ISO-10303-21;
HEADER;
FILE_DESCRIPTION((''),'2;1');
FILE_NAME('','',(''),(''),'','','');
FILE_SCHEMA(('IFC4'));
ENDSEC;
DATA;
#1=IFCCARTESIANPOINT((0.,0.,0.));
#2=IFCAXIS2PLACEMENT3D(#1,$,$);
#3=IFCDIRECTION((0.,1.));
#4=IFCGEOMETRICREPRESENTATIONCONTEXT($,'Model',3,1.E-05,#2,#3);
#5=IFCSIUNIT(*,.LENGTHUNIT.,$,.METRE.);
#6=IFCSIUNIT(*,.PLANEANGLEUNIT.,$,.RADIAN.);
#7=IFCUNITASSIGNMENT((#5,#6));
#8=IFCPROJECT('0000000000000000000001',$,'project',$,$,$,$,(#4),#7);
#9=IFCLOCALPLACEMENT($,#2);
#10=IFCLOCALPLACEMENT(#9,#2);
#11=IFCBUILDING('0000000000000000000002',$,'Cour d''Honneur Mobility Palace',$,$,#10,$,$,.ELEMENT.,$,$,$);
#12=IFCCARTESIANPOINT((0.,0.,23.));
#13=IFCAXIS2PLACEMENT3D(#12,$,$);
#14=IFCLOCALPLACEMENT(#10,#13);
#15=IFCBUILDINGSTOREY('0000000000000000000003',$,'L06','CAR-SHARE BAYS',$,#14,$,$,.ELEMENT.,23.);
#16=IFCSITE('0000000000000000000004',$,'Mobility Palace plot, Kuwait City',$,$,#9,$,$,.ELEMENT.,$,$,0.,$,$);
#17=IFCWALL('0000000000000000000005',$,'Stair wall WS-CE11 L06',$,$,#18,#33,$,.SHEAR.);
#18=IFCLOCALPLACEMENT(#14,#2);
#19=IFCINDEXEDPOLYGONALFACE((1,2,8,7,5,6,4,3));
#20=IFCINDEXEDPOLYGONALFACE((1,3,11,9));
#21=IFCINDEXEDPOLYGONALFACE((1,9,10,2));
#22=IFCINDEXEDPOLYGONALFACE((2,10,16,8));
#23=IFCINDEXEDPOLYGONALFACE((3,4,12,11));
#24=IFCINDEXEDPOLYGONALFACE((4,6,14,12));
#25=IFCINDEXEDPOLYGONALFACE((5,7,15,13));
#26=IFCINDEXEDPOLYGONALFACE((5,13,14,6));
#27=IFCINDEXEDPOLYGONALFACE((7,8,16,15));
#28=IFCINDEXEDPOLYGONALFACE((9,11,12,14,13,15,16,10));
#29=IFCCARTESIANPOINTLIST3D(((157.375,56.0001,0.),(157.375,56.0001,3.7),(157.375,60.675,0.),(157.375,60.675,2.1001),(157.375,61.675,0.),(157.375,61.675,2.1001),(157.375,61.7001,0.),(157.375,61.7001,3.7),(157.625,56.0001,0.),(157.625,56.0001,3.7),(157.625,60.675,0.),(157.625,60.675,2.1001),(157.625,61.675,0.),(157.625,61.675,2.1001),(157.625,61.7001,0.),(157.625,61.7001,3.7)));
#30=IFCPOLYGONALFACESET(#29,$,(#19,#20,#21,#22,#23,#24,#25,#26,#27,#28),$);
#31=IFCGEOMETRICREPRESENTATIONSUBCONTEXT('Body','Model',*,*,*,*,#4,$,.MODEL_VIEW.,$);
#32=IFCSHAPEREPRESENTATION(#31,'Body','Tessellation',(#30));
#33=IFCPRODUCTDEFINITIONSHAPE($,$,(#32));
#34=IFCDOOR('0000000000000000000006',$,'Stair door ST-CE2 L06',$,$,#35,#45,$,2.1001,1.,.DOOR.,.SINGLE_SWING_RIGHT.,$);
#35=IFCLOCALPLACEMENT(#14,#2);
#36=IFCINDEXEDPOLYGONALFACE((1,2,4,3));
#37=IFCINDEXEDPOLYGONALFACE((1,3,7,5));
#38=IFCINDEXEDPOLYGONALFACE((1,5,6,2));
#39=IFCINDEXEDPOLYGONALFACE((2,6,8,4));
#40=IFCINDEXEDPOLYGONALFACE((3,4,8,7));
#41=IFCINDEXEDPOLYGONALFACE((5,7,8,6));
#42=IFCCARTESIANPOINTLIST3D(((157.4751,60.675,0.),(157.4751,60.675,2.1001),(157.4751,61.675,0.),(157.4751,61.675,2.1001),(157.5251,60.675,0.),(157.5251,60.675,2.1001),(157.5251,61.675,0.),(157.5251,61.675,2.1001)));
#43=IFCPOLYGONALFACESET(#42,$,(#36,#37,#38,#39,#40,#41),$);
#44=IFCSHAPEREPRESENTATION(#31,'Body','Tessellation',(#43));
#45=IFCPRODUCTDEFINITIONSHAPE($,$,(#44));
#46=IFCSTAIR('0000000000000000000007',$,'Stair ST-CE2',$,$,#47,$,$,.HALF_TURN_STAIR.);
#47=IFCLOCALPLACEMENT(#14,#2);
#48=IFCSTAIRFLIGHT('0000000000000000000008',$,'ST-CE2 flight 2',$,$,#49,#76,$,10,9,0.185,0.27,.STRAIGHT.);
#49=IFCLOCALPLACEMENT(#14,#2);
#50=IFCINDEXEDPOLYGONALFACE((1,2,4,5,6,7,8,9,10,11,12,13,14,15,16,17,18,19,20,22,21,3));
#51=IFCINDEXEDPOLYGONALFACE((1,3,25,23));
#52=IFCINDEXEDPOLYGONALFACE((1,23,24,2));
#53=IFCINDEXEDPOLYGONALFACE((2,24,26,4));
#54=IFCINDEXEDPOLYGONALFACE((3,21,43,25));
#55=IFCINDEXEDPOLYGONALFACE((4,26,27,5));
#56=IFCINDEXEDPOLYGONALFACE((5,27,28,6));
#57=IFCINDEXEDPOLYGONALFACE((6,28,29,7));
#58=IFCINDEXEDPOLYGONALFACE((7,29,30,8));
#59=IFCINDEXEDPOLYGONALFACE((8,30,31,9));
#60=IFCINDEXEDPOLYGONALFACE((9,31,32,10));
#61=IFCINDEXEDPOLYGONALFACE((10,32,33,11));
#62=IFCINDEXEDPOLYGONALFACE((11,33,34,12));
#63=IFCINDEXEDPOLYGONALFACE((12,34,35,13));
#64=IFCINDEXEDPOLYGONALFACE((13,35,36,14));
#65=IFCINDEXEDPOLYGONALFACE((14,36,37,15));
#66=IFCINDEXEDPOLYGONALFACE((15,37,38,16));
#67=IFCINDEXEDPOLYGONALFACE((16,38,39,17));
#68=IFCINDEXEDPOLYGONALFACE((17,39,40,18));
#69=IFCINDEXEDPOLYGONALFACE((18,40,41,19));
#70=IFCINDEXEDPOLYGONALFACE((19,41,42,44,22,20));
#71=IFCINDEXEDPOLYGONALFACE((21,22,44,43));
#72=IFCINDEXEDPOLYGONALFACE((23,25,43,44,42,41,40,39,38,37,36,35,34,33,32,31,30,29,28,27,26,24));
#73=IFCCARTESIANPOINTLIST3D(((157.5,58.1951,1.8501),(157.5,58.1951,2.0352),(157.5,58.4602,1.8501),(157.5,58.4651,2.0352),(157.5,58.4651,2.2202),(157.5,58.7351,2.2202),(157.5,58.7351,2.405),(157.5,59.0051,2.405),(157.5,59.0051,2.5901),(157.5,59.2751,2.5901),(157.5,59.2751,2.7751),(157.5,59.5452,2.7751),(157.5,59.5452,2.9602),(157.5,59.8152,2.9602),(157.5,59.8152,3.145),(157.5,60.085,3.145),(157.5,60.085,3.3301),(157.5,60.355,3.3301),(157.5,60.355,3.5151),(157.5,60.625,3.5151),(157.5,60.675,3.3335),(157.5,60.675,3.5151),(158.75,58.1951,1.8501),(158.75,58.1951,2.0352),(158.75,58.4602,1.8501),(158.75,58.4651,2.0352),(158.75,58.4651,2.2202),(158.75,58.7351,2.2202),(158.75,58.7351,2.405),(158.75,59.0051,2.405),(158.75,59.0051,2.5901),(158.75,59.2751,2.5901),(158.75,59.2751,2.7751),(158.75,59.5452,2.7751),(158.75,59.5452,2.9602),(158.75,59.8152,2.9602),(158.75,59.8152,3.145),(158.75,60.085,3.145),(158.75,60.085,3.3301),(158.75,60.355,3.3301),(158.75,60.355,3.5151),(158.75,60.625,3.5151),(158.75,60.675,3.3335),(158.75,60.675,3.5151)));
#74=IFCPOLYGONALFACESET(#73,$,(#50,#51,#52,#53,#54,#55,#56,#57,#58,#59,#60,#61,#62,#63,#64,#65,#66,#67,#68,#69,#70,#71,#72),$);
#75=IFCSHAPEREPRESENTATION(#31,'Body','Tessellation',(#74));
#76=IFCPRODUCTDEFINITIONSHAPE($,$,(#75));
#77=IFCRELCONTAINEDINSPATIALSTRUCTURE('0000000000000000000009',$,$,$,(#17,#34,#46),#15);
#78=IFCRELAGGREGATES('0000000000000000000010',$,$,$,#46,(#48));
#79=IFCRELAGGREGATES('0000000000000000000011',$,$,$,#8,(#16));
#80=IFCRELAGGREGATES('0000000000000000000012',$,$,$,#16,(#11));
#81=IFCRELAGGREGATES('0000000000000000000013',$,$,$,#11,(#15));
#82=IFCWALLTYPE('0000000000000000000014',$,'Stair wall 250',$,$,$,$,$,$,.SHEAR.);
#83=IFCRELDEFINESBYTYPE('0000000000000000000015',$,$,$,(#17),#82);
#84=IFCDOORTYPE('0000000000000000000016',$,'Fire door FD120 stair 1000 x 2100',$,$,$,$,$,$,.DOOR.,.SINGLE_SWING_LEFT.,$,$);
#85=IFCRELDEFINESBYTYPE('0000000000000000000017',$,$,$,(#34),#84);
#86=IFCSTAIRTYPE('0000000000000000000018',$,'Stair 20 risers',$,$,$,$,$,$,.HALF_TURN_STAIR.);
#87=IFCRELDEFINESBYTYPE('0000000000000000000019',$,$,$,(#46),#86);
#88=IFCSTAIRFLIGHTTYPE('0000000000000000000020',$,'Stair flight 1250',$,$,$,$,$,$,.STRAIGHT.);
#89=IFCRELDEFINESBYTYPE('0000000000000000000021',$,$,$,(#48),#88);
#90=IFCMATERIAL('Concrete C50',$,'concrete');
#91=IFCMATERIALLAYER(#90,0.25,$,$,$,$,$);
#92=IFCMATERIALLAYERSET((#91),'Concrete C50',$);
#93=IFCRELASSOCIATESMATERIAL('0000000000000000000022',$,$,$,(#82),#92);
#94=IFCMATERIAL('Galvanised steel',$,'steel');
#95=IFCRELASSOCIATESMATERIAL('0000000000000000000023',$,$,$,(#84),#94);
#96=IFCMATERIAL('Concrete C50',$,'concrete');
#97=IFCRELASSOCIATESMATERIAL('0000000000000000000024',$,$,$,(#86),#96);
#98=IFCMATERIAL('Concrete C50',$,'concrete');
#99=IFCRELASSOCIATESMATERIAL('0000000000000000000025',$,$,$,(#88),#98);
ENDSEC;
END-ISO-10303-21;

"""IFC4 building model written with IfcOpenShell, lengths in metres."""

from ifc_helpers import new_model, si_unit, direction, frame, frame_2d, origin, place, context, subcontext, project, spatial, polyline, rectangle, outline, extrude, material, layer, layer_set, type_object, element, fill, aggregate, save


model = new_model("IFC4")

# Units and contexts
model_context = context("Model", 3, precision=1e-05, world=origin(), true_north=direction((0.0, 1.0)))
body_context = subcontext(model_context, "Body", "Model", "MODEL_VIEW")
ifc_project = project(units=[si_unit("LENGTHUNIT", "METRE"), si_unit("PLANEANGLEUNIT", "RADIAN")], contexts=[model_context])

# Site, building, storey
site_placement = place(None, origin())
site = spatial("IfcSite", under=ifc_project, at=site_placement, Name="Mobility Palace plot, Kuwait City", CompositionType="ELEMENT", RefElevation=0.0)
building_placement = place(site_placement, origin())
building = spatial("IfcBuilding", under=site, at=building_placement, Name="Cour d'Honneur Mobility Palace", CompositionType="ELEMENT")
storey_placement = place(building_placement, frame((0.0, 0.0, 23.0)))
storey = spatial("IfcBuildingStorey", under=building, at=storey_placement, Name="L06", Description="CAR-SHARE BAYS", CompositionType="ELEMENT", Elevation=23.0)

# Shared definitions
ifc_material_1 = material(Name="Concrete C50", Category="concrete")
ifc_layer_1 = layer(ifc_material_1, 0.25)
ifc_layer_set_1 = layer_set([ifc_layer_1], Name="Concrete C50")
wall_type_1 = type_object("IfcWallType", Name="Stair wall 250", PredefinedType="SHEAR", material=ifc_layer_set_1)

# Wall, opening, door
wall_1_placement = place(storey_placement, frame((157.5, 56.0, 0.0), z_axis=(0.0, 0.0, 1.0), x_axis=(0.0, 1.0, 0.0)))
wall_1 = element("IfcWall", 1, at=wall_1_placement, inside=storey, type_object=wall_type_1, Name="Stair wall WS-CE11 L06", PredefinedType="SHEAR", context=body_context, shape_type="SweptSolid", body=[
    extrude(rectangle(XDim=5.7, YDim=0.25, at=frame_2d((2.8501, 0.0))), origin(), (0.0, 0.0, 1.0), 3.7),
])
opening_1_placement = place(wall_1_placement, frame((4.675, 0.0, 0.0)))
opening_1 = element("IfcOpeningElement", 2, at=opening_1_placement, cuts=wall_1, PredefinedType="OPENING", context=body_context, shape_type="SweptSolid", body=[
    extrude(rectangle(XDim=1.0, YDim=2.1001, at=frame_2d((0.5, 1.05))), frame((0.0, 0.135, 0.0), z_axis=(0.0, -1.0, 0.0), x_axis=(1.0, 0.0, 0.0)), (0.0, 0.0, 1.0), 0.27),
])
ifc_material_2 = material(Name="Galvanised steel", Category="steel")
door_type_1 = type_object("IfcDoorType", Name="Fire door FD120 stair 1000 x 2100", OperationType="SINGLE_SWING_LEFT", PredefinedType="DOOR", material=ifc_material_2)
door_1_placement = place(opening_1_placement, origin())
door_1 = element("IfcDoor", 3, at=door_1_placement, inside=storey, type_object=door_type_1, Name="Stair door ST-CE2 L06", OperationType="SINGLE_SWING_RIGHT", OverallHeight=2.1001, OverallWidth=1.0, PredefinedType="DOOR", context=body_context, shape_type="SweptSolid", body=[
    extrude(rectangle(XDim=1.0, YDim=2.1001, at=frame_2d((0.5, 1.05))), frame((0.0, 0.0249, 0.0), z_axis=(0.0, -1.0, 0.0), x_axis=(1.0, 0.0, 0.0)), (0.0, 0.0, 1.0), 0.05),
])
fill(opening_1, door_1)

# Stair, stair flight
ifc_material_3 = material(Name="Concrete C50", Category="concrete")
stair_type = type_object("IfcStairType", Name="Stair 20 risers", PredefinedType="HALF_TURN_STAIR", material=ifc_material_3)
stair_placement = place(storey_placement, origin())
stair = element("IfcStair", 4, at=stair_placement, inside=storey, type_object=stair_type, Name="Stair ST-CE2", PredefinedType="HALF_TURN_STAIR")
ifc_material_4 = material(Name="Concrete C50", Category="concrete")
stair_flight_type = type_object("IfcStairFlightType", Name="Stair flight 1250", PredefinedType="STRAIGHT", material=ifc_material_4)
stair_flight_placement = place(storey_placement, frame((158.125, 58.1951, 1.8501), z_axis=(0.0, 0.0, 1.0), x_axis=(0.0, 1.0, 0.0)))
stair_flight = element("IfcStairFlight", 5, at=stair_flight_placement, type_object=stair_flight_type, Name="ST-CE2 flight 2", NumberOfRisers=10, NumberOfTreads=9, PredefinedType="STRAIGHT", RiserHeight=0.185, TreadLength=0.27, context=body_context, shape_type="SweptSolid", body=[
    extrude(outline(polyline([(0.0, 0.0), (0.0, 0.1851), (0.27, 0.1851), (0.27, 0.3701), (0.54, 0.3701), (0.54, 0.5549), (0.8101, 0.5549), (0.8101, 0.74), (1.0801, 0.74), (1.0801, 0.925), (1.3501, 0.925), (1.3501, 1.1101), (1.6201, 1.1101), (1.6201, 1.2949), (1.8899, 1.2949), (1.8899, 1.48), (2.1599, 1.48), (2.1599, 1.665), (2.4299, 1.665), (2.48, 1.665), (2.48, 1.4834), (0.2651, 0.0), (0.0, 0.0)])), frame((0.0, 0.625, 0.0), z_axis=(0.0, -1.0, 0.0), x_axis=(1.0, 0.0, 0.0)), (0.0, 0.0, 1.0), 1.25),
])
aggregate(stair, [stair_flight])

save(model, "model.ifc")
